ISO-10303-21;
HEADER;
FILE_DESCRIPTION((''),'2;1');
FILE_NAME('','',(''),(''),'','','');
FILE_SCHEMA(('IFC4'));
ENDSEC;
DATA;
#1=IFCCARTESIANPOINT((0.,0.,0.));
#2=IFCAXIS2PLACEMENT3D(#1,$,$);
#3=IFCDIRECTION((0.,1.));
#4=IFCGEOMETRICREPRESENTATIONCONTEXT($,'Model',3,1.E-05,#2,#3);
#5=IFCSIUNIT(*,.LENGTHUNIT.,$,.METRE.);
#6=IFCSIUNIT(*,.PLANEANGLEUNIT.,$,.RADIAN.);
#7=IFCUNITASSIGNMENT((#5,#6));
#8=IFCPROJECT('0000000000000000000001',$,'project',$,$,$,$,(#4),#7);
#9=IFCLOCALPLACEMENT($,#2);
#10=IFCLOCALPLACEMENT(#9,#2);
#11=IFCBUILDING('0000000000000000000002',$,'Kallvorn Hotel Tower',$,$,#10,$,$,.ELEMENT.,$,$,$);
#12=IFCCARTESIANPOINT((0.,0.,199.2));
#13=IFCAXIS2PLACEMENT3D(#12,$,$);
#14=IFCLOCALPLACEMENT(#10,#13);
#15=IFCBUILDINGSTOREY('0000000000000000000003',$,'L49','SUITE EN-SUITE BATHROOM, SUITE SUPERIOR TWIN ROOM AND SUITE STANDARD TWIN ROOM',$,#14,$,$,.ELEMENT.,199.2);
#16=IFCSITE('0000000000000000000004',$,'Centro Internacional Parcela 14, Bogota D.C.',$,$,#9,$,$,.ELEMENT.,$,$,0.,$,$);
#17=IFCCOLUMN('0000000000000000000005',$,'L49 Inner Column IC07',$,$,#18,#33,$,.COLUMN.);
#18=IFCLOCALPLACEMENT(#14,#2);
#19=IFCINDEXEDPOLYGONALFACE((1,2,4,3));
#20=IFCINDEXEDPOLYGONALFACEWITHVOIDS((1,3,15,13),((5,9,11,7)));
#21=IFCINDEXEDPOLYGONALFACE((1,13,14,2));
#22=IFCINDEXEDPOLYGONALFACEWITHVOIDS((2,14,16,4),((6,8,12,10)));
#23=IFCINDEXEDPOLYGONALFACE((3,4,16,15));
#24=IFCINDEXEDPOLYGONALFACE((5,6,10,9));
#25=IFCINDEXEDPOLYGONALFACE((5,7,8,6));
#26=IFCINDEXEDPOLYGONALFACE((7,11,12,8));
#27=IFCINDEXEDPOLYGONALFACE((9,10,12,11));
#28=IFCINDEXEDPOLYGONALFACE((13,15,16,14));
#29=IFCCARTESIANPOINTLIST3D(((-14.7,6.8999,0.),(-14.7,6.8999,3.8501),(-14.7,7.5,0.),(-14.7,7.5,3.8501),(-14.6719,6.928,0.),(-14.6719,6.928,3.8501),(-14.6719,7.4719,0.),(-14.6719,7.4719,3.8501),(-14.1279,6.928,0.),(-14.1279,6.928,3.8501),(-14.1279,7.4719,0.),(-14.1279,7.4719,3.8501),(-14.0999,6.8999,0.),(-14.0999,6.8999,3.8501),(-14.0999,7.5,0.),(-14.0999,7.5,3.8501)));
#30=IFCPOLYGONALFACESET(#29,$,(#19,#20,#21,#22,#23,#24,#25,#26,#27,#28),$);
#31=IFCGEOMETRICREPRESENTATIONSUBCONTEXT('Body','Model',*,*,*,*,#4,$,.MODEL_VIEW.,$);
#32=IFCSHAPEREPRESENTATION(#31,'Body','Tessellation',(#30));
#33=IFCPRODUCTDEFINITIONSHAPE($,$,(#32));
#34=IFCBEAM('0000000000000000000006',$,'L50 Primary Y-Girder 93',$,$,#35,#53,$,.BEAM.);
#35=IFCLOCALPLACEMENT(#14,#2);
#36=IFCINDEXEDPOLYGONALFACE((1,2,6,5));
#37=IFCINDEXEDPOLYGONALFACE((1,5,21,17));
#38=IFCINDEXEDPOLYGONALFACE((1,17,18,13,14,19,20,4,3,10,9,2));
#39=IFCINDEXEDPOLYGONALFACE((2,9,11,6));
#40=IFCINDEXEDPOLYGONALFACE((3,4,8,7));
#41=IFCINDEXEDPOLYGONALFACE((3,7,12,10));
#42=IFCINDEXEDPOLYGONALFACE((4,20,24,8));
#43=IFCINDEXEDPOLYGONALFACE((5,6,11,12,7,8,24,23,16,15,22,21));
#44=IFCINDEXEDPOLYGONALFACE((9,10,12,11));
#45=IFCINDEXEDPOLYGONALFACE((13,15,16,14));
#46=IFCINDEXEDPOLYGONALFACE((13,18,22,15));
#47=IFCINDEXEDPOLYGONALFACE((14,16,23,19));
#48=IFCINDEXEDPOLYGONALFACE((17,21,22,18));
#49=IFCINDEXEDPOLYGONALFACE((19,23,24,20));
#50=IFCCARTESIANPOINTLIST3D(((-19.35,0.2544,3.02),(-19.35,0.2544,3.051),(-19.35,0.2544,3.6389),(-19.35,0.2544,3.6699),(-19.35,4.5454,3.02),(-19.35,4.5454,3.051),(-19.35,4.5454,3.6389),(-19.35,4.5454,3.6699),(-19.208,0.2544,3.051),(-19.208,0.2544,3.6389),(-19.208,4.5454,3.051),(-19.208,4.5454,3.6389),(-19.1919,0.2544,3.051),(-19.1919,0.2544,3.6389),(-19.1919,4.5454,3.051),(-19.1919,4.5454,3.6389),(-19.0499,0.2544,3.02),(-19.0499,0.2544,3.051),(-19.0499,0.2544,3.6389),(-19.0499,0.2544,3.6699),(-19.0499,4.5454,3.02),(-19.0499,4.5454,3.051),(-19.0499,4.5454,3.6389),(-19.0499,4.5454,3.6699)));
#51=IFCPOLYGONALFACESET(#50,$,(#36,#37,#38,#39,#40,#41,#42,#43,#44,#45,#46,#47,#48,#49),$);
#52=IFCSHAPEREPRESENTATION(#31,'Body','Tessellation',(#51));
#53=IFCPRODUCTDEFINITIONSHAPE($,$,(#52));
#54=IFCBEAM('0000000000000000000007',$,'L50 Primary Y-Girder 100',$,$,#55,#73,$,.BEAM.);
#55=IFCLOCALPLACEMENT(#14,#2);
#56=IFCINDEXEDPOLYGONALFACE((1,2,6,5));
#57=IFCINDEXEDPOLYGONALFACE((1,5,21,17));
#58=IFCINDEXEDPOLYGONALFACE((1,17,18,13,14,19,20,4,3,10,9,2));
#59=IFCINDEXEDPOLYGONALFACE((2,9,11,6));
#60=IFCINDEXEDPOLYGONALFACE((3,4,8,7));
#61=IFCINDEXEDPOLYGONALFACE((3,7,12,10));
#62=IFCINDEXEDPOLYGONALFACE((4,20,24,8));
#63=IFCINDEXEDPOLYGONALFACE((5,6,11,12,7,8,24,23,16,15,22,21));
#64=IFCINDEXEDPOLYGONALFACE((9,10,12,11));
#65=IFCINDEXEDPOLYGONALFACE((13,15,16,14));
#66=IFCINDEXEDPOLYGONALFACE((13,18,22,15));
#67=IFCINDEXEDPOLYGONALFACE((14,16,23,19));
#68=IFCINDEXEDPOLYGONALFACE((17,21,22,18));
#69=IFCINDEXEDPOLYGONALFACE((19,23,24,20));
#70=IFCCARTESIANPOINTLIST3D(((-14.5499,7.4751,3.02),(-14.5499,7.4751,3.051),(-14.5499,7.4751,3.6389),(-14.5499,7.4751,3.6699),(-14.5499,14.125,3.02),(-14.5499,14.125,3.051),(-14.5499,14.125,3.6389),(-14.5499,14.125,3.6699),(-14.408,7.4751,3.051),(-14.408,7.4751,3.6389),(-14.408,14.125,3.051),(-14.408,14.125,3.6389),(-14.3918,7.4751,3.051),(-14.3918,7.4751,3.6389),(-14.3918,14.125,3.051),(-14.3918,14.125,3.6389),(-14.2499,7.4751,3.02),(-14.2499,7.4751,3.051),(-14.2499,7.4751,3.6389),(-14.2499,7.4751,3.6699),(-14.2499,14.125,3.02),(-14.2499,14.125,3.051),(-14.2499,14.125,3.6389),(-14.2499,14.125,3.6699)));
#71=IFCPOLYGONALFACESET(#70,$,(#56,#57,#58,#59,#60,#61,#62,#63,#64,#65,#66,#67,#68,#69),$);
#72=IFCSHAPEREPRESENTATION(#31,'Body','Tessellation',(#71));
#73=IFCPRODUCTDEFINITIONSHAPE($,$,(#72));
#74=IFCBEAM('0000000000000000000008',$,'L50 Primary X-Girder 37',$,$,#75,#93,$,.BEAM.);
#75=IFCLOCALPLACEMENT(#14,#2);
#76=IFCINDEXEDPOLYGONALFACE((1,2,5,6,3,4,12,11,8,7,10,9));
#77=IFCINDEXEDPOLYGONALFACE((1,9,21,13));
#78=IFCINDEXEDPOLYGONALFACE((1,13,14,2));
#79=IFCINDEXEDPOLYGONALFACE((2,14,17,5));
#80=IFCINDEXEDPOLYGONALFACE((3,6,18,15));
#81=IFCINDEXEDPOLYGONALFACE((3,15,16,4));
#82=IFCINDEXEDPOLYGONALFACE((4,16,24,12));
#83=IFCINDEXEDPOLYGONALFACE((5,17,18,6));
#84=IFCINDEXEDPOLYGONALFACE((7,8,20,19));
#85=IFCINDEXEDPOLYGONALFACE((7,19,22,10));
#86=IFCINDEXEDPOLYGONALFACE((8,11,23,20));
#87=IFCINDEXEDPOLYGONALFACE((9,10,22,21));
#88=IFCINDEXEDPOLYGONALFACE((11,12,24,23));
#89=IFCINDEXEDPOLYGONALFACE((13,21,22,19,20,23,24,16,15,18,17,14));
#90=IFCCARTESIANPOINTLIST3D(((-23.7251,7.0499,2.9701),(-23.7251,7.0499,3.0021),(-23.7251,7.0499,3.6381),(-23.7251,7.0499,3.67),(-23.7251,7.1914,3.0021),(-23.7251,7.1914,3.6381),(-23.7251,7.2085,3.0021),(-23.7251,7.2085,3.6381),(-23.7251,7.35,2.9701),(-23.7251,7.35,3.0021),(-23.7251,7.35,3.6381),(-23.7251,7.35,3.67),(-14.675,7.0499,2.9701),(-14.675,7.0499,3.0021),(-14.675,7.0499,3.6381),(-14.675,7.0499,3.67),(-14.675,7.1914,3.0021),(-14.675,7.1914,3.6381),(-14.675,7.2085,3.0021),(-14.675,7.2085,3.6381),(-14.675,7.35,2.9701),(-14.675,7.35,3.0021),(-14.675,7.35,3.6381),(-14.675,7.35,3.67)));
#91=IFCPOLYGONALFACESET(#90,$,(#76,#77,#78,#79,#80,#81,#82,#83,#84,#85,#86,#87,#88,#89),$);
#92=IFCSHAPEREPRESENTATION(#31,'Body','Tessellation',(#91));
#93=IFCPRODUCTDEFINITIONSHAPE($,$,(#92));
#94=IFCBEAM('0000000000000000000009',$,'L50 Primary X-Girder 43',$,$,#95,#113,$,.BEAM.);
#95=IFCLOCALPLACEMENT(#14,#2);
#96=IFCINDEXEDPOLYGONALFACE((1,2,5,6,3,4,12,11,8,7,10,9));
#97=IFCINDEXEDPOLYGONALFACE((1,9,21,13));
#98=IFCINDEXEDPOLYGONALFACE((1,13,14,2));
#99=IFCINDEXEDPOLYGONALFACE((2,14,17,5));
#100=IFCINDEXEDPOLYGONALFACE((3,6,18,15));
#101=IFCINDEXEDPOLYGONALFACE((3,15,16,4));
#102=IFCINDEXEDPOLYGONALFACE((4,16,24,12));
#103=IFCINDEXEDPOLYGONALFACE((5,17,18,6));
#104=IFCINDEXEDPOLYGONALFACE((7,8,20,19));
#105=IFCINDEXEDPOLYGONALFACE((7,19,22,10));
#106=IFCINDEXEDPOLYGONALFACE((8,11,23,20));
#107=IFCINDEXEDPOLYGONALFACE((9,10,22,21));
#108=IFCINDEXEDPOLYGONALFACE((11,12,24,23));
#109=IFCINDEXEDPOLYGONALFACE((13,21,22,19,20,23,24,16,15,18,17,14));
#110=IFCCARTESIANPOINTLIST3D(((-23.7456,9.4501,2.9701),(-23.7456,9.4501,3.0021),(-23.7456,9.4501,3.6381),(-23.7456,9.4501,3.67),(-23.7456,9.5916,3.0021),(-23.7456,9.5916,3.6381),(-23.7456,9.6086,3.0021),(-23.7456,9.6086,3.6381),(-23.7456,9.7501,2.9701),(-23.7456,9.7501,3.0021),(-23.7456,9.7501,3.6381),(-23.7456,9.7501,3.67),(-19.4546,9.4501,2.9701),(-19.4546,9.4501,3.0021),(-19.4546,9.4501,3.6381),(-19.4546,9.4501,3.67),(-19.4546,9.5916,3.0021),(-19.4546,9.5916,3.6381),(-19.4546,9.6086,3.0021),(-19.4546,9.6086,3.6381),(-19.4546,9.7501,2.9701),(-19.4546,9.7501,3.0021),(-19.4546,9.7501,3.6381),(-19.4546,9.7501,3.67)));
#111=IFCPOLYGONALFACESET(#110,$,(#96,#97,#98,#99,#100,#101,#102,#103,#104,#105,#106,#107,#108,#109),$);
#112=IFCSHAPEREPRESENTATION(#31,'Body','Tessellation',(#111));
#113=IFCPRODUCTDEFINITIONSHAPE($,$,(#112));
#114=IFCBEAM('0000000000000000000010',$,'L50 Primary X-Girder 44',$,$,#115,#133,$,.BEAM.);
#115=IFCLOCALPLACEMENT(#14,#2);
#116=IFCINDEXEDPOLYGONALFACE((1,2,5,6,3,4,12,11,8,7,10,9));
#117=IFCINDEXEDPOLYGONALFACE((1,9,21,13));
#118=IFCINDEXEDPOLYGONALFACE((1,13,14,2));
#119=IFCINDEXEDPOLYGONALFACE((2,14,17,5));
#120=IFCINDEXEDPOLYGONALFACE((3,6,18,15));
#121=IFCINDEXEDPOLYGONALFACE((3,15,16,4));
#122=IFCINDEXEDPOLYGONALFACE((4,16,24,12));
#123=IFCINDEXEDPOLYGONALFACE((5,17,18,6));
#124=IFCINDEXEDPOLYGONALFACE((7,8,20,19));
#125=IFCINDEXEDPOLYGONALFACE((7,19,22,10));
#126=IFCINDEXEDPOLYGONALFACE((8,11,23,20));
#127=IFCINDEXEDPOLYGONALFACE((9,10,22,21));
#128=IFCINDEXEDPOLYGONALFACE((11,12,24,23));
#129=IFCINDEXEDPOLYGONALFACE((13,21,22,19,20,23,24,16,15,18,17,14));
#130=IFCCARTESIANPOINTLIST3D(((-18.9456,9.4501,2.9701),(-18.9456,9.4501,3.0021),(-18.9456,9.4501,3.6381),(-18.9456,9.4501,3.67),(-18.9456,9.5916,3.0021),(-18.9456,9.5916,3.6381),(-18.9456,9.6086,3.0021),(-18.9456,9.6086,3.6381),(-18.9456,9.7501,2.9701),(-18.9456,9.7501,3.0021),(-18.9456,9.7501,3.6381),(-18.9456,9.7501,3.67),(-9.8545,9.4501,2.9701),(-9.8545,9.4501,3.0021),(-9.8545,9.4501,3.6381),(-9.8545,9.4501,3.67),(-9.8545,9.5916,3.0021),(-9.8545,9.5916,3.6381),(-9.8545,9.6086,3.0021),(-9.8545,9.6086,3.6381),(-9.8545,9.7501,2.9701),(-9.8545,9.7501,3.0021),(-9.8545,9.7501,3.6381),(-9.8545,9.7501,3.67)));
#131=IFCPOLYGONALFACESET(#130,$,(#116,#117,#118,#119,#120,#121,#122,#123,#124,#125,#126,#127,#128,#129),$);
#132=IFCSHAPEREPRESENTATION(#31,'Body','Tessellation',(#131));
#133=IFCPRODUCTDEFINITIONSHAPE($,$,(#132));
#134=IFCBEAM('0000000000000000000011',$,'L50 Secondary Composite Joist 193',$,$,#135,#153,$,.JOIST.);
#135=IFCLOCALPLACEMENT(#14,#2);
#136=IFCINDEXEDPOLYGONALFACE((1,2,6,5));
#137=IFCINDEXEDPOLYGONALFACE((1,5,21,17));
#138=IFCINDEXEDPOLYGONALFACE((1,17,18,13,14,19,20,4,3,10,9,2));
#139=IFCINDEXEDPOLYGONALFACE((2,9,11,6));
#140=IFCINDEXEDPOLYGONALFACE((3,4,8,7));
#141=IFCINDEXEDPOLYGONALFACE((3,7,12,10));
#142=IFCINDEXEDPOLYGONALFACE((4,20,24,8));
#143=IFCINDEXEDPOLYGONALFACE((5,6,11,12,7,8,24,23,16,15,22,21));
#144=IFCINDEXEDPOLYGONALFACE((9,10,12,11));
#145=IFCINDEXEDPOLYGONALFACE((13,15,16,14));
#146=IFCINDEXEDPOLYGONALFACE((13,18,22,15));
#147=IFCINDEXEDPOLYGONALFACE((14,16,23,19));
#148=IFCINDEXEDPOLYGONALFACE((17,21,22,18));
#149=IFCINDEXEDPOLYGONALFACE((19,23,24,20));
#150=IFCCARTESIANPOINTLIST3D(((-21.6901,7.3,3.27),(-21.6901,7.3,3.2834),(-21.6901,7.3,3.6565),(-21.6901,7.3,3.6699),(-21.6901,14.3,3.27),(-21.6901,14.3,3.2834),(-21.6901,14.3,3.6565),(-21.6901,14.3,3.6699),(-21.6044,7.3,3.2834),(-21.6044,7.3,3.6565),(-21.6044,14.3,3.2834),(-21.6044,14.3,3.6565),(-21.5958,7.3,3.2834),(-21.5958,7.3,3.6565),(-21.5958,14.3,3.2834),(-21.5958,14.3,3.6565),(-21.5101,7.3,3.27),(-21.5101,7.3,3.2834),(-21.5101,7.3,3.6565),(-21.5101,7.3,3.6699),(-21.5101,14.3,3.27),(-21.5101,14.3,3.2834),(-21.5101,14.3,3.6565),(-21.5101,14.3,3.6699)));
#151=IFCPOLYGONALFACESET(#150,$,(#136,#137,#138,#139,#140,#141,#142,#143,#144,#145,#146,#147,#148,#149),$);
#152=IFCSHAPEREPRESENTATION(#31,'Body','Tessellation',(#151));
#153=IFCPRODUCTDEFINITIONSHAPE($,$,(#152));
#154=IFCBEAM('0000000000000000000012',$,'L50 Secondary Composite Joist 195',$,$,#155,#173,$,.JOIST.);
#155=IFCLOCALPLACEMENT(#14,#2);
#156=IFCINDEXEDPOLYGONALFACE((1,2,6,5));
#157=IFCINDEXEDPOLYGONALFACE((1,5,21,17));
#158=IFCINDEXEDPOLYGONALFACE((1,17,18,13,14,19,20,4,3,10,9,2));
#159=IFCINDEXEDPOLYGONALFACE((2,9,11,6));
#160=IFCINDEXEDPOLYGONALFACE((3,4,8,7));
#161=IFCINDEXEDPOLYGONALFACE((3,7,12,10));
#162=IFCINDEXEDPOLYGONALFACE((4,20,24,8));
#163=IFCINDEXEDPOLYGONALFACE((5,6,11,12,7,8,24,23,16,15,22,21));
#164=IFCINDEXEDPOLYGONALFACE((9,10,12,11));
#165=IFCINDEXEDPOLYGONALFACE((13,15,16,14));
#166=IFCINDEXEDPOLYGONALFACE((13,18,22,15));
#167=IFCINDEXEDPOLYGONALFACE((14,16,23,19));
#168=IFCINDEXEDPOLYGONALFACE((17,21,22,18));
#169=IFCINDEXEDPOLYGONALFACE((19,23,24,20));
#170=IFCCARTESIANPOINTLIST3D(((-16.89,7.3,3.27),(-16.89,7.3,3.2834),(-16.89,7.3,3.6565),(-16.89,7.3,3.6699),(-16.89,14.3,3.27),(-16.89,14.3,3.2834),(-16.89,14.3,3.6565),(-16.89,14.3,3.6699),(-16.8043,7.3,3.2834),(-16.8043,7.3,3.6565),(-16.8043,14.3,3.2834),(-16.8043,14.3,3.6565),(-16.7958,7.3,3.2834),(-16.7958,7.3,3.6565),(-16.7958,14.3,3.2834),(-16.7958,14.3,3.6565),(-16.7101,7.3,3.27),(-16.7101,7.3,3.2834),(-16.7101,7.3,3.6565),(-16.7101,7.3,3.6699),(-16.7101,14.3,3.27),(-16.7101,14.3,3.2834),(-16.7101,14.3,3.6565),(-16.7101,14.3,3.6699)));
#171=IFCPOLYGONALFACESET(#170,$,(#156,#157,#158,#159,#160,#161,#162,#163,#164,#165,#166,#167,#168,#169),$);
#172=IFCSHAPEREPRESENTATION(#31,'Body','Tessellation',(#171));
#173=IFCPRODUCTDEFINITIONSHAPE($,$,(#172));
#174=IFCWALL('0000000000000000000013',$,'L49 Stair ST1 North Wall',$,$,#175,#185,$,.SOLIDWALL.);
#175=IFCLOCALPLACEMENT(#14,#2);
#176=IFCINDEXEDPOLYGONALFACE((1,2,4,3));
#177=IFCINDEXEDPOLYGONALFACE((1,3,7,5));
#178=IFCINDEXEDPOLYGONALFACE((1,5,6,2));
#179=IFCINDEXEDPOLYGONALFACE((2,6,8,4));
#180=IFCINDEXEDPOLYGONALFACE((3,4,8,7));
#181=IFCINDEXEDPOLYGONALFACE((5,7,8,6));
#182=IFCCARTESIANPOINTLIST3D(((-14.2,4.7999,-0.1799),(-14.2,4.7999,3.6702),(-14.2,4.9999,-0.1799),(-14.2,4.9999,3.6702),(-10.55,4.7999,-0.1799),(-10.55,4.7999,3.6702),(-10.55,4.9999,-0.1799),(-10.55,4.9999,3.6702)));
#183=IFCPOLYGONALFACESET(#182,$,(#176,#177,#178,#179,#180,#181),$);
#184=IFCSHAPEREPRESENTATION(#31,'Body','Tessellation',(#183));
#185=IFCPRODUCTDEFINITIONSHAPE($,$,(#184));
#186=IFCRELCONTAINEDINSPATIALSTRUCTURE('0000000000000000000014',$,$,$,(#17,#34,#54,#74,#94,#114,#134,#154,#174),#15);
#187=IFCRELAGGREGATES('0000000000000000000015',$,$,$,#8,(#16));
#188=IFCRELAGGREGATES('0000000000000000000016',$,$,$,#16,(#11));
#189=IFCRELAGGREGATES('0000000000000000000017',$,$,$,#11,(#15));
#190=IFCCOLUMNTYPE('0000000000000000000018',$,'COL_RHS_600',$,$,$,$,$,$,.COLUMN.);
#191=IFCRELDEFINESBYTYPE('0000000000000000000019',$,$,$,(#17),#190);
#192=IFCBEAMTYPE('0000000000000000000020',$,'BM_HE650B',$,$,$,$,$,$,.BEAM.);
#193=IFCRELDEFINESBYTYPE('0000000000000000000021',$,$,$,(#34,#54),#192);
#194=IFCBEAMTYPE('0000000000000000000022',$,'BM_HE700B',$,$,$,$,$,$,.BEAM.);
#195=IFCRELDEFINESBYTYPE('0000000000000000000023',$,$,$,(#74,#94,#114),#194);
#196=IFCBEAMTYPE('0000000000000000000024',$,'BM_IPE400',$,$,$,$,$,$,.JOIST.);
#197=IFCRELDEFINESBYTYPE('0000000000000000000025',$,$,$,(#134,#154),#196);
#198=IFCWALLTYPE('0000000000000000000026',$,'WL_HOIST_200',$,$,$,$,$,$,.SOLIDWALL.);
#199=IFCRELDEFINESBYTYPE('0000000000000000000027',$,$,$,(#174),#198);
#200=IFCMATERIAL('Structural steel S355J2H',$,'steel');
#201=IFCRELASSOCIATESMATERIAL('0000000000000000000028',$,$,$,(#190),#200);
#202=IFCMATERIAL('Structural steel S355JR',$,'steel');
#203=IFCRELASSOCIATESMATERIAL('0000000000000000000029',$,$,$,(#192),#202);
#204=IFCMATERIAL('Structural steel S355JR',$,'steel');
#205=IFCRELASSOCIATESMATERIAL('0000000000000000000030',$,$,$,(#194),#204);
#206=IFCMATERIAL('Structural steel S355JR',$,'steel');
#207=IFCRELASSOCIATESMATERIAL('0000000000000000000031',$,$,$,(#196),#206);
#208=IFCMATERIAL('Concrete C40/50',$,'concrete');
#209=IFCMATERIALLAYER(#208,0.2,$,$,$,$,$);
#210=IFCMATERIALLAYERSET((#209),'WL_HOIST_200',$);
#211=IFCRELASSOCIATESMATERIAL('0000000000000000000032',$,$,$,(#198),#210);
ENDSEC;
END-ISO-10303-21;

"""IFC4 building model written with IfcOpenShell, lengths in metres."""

from ifc_helpers import new_model, si_unit, direction, frame, frame_2d, origin, origin_2d, place, context, subcontext, project, spatial, rectangle, hollow_rectangle, i_section, extrude, material, layer, layer_set, material_profile, profile_set, type_object, element, save


model = new_model("IFC4")

# Units and contexts
model_context = context("Model", 3, precision=1e-05, world=origin(), true_north=direction((0.0, 1.0)))
body_context = subcontext(model_context, "Body", "Model", "MODEL_VIEW")
ifc_project = project(units=[si_unit("LENGTHUNIT", "METRE"), si_unit("PLANEANGLEUNIT", "RADIAN")], contexts=[model_context])

# Site, building, storey
site_placement = place(None, origin())
site = spatial("IfcSite", under=ifc_project, at=site_placement, Name="Centro Internacional Parcela 14, Bogota D.C.", CompositionType="ELEMENT", RefElevation=0.0)
building_placement = place(site_placement, origin())
building = spatial("IfcBuilding", under=site, at=building_placement, Name="Kallvorn Hotel Tower", CompositionType="ELEMENT")
storey_placement = place(building_placement, frame((0.0, 0.0, 199.2)))
storey = spatial("IfcBuildingStorey", under=building, at=storey_placement, Name="L49", Description="SUITE EN-SUITE BATHROOM, SUITE SUPERIOR TWIN ROOM AND SUITE STANDARD TWIN ROOM", CompositionType="ELEMENT", Elevation=199.2)

# Column
ifc_material_1 = material(Name="Structural steel S355J2H", Category="steel")
ifc_material_profile_1 = material_profile(ifc_material_1, hollow_rectangle(XDim=0.6001, YDim=0.6001, WallThickness=0.0281, at=origin_2d()), Name="RHS 600x600x28")
ifc_profile_set_1 = profile_set([ifc_material_profile_1], Name="Structural steel S355J2H")
column_type_1 = type_object("IfcColumnType", Name="COL_RHS_600", PredefinedType="COLUMN", material=ifc_profile_set_1)
column_placement = place(storey_placement, frame((-14.3999, 7.2, 0.0), z_axis=(0.0, 0.0, 1.0), x_axis=(1.0, 0.0, 0.0)))
element("IfcColumn", 1, at=column_placement, inside=storey, type_object=column_type_1, Name="L49 Inner Column IC07", PredefinedType="COLUMN", context=body_context, shape_type="SweptSolid", body=[
    extrude(hollow_rectangle(XDim=0.6001, YDim=0.6001, WallThickness=0.0281, at=origin_2d()), origin(), (0.0, 0.0, 1.0), 3.8501),
])

# Beams
ifc_material_2 = material(Name="Structural steel S355JR", Category="steel")
ifc_material_profile_2 = material_profile(ifc_material_2, i_section(OverallWidth=0.3, OverallDepth=0.6499, WebThickness=0.0161, FlangeThickness=0.031, at=origin_2d()), Name="HE 650 B")
ifc_profile_set_2 = profile_set([ifc_material_profile_2], Name="Structural steel S355JR")
beam_type_1 = type_object("IfcBeamType", Name="BM_HE650B", PredefinedType="BEAM", material=ifc_profile_set_2)
beam_1_placement = place(storey_placement, frame((-19.2, 0.2544, 3.345), z_axis=(0.0, 1.0, 0.0), x_axis=(-1.0, 0.0, 0.0)))
element("IfcBeam", 2, at=beam_1_placement, inside=storey, type_object=beam_type_1, Name="L50 Primary Y-Girder 93", PredefinedType="BEAM", context=body_context, shape_type="SweptSolid", body=[
    extrude(i_section(OverallWidth=0.3, OverallDepth=0.6499, WebThickness=0.0161, FlangeThickness=0.031, at=origin_2d()), origin(), (0.0, 0.0, 1.0), 4.291),
])
beam_2_placement = place(storey_placement, frame((-14.3999, 7.4751, 3.345), z_axis=(0.0, 1.0, 0.0), x_axis=(-1.0, 0.0, 0.0)))
element("IfcBeam", 3, at=beam_2_placement, inside=storey, type_object=beam_type_1, Name="L50 Primary Y-Girder 100", PredefinedType="BEAM", context=body_context, shape_type="SweptSolid", body=[
    extrude(i_section(OverallWidth=0.3, OverallDepth=0.6499, WebThickness=0.0161, FlangeThickness=0.031, at=origin_2d()), origin(), (0.0, 0.0, 1.0), 6.6499),
])
ifc_material_3 = material(Name="Structural steel S355JR", Category="steel")
ifc_material_profile_3 = material_profile(ifc_material_3, i_section(OverallWidth=0.3, OverallDepth=0.7, WebThickness=0.0171, FlangeThickness=0.032, at=origin_2d()), Name="HE 700 B")
ifc_profile_set_3 = profile_set([ifc_material_profile_3], Name="Structural steel S355JR")
beam_type_2 = type_object("IfcBeamType", Name="BM_HE700B", PredefinedType="BEAM", material=ifc_profile_set_3)
beam_3_placement = place(storey_placement, frame((-23.7251, 7.2, 3.3201), z_axis=(1.0, 0.0, 0.0), x_axis=(0.0, 1.0, 0.0)))
element("IfcBeam", 4, at=beam_3_placement, inside=storey, type_object=beam_type_2, Name="L50 Primary X-Girder 37", PredefinedType="BEAM", context=body_context, shape_type="SweptSolid", body=[
    extrude(i_section(OverallWidth=0.3, OverallDepth=0.7, WebThickness=0.0171, FlangeThickness=0.032, at=origin_2d()), origin(), (0.0, 0.0, 1.0), 9.05),
])
beam_4_placement = place(storey_placement, frame((-23.7456, 9.6001, 3.3201), z_axis=(1.0, 0.0, 0.0), x_axis=(0.0, 1.0, 0.0)))
element("IfcBeam", 5, at=beam_4_placement, inside=storey, type_object=beam_type_2, Name="L50 Primary X-Girder 43", PredefinedType="BEAM", context=body_context, shape_type="SweptSolid", body=[
    extrude(i_section(OverallWidth=0.3, OverallDepth=0.7, WebThickness=0.0171, FlangeThickness=0.032, at=origin_2d()), origin(), (0.0, 0.0, 1.0), 4.291),
])
beam_5_placement = place(storey_placement, frame((-18.9456, 9.6001, 3.3201), z_axis=(1.0, 0.0, 0.0), x_axis=(0.0, 1.0, 0.0)))
element("IfcBeam", 6, at=beam_5_placement, inside=storey, type_object=beam_type_2, Name="L50 Primary X-Girder 44", PredefinedType="BEAM", context=body_context, shape_type="SweptSolid", body=[
    extrude(i_section(OverallWidth=0.3, OverallDepth=0.7, WebThickness=0.0171, FlangeThickness=0.032, at=origin_2d()), origin(), (0.0, 0.0, 1.0), 9.0911),
])
ifc_material_4 = material(Name="Structural steel S355JR", Category="steel")
ifc_material_profile_4 = material_profile(ifc_material_4, i_section(OverallWidth=0.1799, OverallDepth=0.3999, WebThickness=0.0085, FlangeThickness=0.0134, at=origin_2d()), Name="IPE 400")
ifc_profile_set_4 = profile_set([ifc_material_profile_4], Name="Structural steel S355JR")
beam_type_3 = type_object("IfcBeamType", Name="BM_IPE400", PredefinedType="JOIST", material=ifc_profile_set_4)
for number, where, z_axis, x_axis, name in (
    (7, (-21.6001, 7.3, 3.47), (0.0, 1.0, 0.0), (-1.0, 0.0, 0.0), "L50 Secondary Composite Joist 193"),
    (8, (-16.8, 7.3, 3.47), (0.0, 1.0, 0.0), (-1.0, 0.0, 0.0), "L50 Secondary Composite Joist 195"),
):
    element("IfcBeam", number, at=place(storey_placement, frame(where, z_axis=z_axis, x_axis=x_axis)), inside=storey, type_object=beam_type_3, Name=name, PredefinedType="JOIST", context=body_context, shape_type="SweptSolid", body=[
        extrude(i_section(OverallWidth=0.1799, OverallDepth=0.3999, WebThickness=0.0085, FlangeThickness=0.0134, at=origin_2d()), origin(), (0.0, 0.0, 1.0), 7.0),
    ])

# Wall
ifc_material_5 = material(Name="Concrete C40/50", Category="concrete")
ifc_layer_1 = layer(ifc_material_5, 0.2)
ifc_layer_set_1 = layer_set([ifc_layer_1], Name="WL_HOIST_200")
wall_type_1 = type_object("IfcWallType", Name="WL_HOIST_200", PredefinedType="SOLIDWALL", material=ifc_layer_set_1)
wall_1_placement = place(storey_placement, frame((-14.2, 4.8999, -0.1799), z_axis=(0.0, 0.0, 1.0), x_axis=(1.0, 0.0, 0.0)))
element("IfcWall", 9, at=wall_1_placement, inside=storey, type_object=wall_type_1, Name="L49 Stair ST1 North Wall", PredefinedType="SOLIDWALL", context=body_context, shape_type="SweptSolid", body=[
    extrude(rectangle(XDim=3.6499, YDim=0.2, at=frame_2d((1.825, 0.0))), origin(), (0.0, 0.0, 1.0), 3.8501),
])

save(model, "model.ifc")
